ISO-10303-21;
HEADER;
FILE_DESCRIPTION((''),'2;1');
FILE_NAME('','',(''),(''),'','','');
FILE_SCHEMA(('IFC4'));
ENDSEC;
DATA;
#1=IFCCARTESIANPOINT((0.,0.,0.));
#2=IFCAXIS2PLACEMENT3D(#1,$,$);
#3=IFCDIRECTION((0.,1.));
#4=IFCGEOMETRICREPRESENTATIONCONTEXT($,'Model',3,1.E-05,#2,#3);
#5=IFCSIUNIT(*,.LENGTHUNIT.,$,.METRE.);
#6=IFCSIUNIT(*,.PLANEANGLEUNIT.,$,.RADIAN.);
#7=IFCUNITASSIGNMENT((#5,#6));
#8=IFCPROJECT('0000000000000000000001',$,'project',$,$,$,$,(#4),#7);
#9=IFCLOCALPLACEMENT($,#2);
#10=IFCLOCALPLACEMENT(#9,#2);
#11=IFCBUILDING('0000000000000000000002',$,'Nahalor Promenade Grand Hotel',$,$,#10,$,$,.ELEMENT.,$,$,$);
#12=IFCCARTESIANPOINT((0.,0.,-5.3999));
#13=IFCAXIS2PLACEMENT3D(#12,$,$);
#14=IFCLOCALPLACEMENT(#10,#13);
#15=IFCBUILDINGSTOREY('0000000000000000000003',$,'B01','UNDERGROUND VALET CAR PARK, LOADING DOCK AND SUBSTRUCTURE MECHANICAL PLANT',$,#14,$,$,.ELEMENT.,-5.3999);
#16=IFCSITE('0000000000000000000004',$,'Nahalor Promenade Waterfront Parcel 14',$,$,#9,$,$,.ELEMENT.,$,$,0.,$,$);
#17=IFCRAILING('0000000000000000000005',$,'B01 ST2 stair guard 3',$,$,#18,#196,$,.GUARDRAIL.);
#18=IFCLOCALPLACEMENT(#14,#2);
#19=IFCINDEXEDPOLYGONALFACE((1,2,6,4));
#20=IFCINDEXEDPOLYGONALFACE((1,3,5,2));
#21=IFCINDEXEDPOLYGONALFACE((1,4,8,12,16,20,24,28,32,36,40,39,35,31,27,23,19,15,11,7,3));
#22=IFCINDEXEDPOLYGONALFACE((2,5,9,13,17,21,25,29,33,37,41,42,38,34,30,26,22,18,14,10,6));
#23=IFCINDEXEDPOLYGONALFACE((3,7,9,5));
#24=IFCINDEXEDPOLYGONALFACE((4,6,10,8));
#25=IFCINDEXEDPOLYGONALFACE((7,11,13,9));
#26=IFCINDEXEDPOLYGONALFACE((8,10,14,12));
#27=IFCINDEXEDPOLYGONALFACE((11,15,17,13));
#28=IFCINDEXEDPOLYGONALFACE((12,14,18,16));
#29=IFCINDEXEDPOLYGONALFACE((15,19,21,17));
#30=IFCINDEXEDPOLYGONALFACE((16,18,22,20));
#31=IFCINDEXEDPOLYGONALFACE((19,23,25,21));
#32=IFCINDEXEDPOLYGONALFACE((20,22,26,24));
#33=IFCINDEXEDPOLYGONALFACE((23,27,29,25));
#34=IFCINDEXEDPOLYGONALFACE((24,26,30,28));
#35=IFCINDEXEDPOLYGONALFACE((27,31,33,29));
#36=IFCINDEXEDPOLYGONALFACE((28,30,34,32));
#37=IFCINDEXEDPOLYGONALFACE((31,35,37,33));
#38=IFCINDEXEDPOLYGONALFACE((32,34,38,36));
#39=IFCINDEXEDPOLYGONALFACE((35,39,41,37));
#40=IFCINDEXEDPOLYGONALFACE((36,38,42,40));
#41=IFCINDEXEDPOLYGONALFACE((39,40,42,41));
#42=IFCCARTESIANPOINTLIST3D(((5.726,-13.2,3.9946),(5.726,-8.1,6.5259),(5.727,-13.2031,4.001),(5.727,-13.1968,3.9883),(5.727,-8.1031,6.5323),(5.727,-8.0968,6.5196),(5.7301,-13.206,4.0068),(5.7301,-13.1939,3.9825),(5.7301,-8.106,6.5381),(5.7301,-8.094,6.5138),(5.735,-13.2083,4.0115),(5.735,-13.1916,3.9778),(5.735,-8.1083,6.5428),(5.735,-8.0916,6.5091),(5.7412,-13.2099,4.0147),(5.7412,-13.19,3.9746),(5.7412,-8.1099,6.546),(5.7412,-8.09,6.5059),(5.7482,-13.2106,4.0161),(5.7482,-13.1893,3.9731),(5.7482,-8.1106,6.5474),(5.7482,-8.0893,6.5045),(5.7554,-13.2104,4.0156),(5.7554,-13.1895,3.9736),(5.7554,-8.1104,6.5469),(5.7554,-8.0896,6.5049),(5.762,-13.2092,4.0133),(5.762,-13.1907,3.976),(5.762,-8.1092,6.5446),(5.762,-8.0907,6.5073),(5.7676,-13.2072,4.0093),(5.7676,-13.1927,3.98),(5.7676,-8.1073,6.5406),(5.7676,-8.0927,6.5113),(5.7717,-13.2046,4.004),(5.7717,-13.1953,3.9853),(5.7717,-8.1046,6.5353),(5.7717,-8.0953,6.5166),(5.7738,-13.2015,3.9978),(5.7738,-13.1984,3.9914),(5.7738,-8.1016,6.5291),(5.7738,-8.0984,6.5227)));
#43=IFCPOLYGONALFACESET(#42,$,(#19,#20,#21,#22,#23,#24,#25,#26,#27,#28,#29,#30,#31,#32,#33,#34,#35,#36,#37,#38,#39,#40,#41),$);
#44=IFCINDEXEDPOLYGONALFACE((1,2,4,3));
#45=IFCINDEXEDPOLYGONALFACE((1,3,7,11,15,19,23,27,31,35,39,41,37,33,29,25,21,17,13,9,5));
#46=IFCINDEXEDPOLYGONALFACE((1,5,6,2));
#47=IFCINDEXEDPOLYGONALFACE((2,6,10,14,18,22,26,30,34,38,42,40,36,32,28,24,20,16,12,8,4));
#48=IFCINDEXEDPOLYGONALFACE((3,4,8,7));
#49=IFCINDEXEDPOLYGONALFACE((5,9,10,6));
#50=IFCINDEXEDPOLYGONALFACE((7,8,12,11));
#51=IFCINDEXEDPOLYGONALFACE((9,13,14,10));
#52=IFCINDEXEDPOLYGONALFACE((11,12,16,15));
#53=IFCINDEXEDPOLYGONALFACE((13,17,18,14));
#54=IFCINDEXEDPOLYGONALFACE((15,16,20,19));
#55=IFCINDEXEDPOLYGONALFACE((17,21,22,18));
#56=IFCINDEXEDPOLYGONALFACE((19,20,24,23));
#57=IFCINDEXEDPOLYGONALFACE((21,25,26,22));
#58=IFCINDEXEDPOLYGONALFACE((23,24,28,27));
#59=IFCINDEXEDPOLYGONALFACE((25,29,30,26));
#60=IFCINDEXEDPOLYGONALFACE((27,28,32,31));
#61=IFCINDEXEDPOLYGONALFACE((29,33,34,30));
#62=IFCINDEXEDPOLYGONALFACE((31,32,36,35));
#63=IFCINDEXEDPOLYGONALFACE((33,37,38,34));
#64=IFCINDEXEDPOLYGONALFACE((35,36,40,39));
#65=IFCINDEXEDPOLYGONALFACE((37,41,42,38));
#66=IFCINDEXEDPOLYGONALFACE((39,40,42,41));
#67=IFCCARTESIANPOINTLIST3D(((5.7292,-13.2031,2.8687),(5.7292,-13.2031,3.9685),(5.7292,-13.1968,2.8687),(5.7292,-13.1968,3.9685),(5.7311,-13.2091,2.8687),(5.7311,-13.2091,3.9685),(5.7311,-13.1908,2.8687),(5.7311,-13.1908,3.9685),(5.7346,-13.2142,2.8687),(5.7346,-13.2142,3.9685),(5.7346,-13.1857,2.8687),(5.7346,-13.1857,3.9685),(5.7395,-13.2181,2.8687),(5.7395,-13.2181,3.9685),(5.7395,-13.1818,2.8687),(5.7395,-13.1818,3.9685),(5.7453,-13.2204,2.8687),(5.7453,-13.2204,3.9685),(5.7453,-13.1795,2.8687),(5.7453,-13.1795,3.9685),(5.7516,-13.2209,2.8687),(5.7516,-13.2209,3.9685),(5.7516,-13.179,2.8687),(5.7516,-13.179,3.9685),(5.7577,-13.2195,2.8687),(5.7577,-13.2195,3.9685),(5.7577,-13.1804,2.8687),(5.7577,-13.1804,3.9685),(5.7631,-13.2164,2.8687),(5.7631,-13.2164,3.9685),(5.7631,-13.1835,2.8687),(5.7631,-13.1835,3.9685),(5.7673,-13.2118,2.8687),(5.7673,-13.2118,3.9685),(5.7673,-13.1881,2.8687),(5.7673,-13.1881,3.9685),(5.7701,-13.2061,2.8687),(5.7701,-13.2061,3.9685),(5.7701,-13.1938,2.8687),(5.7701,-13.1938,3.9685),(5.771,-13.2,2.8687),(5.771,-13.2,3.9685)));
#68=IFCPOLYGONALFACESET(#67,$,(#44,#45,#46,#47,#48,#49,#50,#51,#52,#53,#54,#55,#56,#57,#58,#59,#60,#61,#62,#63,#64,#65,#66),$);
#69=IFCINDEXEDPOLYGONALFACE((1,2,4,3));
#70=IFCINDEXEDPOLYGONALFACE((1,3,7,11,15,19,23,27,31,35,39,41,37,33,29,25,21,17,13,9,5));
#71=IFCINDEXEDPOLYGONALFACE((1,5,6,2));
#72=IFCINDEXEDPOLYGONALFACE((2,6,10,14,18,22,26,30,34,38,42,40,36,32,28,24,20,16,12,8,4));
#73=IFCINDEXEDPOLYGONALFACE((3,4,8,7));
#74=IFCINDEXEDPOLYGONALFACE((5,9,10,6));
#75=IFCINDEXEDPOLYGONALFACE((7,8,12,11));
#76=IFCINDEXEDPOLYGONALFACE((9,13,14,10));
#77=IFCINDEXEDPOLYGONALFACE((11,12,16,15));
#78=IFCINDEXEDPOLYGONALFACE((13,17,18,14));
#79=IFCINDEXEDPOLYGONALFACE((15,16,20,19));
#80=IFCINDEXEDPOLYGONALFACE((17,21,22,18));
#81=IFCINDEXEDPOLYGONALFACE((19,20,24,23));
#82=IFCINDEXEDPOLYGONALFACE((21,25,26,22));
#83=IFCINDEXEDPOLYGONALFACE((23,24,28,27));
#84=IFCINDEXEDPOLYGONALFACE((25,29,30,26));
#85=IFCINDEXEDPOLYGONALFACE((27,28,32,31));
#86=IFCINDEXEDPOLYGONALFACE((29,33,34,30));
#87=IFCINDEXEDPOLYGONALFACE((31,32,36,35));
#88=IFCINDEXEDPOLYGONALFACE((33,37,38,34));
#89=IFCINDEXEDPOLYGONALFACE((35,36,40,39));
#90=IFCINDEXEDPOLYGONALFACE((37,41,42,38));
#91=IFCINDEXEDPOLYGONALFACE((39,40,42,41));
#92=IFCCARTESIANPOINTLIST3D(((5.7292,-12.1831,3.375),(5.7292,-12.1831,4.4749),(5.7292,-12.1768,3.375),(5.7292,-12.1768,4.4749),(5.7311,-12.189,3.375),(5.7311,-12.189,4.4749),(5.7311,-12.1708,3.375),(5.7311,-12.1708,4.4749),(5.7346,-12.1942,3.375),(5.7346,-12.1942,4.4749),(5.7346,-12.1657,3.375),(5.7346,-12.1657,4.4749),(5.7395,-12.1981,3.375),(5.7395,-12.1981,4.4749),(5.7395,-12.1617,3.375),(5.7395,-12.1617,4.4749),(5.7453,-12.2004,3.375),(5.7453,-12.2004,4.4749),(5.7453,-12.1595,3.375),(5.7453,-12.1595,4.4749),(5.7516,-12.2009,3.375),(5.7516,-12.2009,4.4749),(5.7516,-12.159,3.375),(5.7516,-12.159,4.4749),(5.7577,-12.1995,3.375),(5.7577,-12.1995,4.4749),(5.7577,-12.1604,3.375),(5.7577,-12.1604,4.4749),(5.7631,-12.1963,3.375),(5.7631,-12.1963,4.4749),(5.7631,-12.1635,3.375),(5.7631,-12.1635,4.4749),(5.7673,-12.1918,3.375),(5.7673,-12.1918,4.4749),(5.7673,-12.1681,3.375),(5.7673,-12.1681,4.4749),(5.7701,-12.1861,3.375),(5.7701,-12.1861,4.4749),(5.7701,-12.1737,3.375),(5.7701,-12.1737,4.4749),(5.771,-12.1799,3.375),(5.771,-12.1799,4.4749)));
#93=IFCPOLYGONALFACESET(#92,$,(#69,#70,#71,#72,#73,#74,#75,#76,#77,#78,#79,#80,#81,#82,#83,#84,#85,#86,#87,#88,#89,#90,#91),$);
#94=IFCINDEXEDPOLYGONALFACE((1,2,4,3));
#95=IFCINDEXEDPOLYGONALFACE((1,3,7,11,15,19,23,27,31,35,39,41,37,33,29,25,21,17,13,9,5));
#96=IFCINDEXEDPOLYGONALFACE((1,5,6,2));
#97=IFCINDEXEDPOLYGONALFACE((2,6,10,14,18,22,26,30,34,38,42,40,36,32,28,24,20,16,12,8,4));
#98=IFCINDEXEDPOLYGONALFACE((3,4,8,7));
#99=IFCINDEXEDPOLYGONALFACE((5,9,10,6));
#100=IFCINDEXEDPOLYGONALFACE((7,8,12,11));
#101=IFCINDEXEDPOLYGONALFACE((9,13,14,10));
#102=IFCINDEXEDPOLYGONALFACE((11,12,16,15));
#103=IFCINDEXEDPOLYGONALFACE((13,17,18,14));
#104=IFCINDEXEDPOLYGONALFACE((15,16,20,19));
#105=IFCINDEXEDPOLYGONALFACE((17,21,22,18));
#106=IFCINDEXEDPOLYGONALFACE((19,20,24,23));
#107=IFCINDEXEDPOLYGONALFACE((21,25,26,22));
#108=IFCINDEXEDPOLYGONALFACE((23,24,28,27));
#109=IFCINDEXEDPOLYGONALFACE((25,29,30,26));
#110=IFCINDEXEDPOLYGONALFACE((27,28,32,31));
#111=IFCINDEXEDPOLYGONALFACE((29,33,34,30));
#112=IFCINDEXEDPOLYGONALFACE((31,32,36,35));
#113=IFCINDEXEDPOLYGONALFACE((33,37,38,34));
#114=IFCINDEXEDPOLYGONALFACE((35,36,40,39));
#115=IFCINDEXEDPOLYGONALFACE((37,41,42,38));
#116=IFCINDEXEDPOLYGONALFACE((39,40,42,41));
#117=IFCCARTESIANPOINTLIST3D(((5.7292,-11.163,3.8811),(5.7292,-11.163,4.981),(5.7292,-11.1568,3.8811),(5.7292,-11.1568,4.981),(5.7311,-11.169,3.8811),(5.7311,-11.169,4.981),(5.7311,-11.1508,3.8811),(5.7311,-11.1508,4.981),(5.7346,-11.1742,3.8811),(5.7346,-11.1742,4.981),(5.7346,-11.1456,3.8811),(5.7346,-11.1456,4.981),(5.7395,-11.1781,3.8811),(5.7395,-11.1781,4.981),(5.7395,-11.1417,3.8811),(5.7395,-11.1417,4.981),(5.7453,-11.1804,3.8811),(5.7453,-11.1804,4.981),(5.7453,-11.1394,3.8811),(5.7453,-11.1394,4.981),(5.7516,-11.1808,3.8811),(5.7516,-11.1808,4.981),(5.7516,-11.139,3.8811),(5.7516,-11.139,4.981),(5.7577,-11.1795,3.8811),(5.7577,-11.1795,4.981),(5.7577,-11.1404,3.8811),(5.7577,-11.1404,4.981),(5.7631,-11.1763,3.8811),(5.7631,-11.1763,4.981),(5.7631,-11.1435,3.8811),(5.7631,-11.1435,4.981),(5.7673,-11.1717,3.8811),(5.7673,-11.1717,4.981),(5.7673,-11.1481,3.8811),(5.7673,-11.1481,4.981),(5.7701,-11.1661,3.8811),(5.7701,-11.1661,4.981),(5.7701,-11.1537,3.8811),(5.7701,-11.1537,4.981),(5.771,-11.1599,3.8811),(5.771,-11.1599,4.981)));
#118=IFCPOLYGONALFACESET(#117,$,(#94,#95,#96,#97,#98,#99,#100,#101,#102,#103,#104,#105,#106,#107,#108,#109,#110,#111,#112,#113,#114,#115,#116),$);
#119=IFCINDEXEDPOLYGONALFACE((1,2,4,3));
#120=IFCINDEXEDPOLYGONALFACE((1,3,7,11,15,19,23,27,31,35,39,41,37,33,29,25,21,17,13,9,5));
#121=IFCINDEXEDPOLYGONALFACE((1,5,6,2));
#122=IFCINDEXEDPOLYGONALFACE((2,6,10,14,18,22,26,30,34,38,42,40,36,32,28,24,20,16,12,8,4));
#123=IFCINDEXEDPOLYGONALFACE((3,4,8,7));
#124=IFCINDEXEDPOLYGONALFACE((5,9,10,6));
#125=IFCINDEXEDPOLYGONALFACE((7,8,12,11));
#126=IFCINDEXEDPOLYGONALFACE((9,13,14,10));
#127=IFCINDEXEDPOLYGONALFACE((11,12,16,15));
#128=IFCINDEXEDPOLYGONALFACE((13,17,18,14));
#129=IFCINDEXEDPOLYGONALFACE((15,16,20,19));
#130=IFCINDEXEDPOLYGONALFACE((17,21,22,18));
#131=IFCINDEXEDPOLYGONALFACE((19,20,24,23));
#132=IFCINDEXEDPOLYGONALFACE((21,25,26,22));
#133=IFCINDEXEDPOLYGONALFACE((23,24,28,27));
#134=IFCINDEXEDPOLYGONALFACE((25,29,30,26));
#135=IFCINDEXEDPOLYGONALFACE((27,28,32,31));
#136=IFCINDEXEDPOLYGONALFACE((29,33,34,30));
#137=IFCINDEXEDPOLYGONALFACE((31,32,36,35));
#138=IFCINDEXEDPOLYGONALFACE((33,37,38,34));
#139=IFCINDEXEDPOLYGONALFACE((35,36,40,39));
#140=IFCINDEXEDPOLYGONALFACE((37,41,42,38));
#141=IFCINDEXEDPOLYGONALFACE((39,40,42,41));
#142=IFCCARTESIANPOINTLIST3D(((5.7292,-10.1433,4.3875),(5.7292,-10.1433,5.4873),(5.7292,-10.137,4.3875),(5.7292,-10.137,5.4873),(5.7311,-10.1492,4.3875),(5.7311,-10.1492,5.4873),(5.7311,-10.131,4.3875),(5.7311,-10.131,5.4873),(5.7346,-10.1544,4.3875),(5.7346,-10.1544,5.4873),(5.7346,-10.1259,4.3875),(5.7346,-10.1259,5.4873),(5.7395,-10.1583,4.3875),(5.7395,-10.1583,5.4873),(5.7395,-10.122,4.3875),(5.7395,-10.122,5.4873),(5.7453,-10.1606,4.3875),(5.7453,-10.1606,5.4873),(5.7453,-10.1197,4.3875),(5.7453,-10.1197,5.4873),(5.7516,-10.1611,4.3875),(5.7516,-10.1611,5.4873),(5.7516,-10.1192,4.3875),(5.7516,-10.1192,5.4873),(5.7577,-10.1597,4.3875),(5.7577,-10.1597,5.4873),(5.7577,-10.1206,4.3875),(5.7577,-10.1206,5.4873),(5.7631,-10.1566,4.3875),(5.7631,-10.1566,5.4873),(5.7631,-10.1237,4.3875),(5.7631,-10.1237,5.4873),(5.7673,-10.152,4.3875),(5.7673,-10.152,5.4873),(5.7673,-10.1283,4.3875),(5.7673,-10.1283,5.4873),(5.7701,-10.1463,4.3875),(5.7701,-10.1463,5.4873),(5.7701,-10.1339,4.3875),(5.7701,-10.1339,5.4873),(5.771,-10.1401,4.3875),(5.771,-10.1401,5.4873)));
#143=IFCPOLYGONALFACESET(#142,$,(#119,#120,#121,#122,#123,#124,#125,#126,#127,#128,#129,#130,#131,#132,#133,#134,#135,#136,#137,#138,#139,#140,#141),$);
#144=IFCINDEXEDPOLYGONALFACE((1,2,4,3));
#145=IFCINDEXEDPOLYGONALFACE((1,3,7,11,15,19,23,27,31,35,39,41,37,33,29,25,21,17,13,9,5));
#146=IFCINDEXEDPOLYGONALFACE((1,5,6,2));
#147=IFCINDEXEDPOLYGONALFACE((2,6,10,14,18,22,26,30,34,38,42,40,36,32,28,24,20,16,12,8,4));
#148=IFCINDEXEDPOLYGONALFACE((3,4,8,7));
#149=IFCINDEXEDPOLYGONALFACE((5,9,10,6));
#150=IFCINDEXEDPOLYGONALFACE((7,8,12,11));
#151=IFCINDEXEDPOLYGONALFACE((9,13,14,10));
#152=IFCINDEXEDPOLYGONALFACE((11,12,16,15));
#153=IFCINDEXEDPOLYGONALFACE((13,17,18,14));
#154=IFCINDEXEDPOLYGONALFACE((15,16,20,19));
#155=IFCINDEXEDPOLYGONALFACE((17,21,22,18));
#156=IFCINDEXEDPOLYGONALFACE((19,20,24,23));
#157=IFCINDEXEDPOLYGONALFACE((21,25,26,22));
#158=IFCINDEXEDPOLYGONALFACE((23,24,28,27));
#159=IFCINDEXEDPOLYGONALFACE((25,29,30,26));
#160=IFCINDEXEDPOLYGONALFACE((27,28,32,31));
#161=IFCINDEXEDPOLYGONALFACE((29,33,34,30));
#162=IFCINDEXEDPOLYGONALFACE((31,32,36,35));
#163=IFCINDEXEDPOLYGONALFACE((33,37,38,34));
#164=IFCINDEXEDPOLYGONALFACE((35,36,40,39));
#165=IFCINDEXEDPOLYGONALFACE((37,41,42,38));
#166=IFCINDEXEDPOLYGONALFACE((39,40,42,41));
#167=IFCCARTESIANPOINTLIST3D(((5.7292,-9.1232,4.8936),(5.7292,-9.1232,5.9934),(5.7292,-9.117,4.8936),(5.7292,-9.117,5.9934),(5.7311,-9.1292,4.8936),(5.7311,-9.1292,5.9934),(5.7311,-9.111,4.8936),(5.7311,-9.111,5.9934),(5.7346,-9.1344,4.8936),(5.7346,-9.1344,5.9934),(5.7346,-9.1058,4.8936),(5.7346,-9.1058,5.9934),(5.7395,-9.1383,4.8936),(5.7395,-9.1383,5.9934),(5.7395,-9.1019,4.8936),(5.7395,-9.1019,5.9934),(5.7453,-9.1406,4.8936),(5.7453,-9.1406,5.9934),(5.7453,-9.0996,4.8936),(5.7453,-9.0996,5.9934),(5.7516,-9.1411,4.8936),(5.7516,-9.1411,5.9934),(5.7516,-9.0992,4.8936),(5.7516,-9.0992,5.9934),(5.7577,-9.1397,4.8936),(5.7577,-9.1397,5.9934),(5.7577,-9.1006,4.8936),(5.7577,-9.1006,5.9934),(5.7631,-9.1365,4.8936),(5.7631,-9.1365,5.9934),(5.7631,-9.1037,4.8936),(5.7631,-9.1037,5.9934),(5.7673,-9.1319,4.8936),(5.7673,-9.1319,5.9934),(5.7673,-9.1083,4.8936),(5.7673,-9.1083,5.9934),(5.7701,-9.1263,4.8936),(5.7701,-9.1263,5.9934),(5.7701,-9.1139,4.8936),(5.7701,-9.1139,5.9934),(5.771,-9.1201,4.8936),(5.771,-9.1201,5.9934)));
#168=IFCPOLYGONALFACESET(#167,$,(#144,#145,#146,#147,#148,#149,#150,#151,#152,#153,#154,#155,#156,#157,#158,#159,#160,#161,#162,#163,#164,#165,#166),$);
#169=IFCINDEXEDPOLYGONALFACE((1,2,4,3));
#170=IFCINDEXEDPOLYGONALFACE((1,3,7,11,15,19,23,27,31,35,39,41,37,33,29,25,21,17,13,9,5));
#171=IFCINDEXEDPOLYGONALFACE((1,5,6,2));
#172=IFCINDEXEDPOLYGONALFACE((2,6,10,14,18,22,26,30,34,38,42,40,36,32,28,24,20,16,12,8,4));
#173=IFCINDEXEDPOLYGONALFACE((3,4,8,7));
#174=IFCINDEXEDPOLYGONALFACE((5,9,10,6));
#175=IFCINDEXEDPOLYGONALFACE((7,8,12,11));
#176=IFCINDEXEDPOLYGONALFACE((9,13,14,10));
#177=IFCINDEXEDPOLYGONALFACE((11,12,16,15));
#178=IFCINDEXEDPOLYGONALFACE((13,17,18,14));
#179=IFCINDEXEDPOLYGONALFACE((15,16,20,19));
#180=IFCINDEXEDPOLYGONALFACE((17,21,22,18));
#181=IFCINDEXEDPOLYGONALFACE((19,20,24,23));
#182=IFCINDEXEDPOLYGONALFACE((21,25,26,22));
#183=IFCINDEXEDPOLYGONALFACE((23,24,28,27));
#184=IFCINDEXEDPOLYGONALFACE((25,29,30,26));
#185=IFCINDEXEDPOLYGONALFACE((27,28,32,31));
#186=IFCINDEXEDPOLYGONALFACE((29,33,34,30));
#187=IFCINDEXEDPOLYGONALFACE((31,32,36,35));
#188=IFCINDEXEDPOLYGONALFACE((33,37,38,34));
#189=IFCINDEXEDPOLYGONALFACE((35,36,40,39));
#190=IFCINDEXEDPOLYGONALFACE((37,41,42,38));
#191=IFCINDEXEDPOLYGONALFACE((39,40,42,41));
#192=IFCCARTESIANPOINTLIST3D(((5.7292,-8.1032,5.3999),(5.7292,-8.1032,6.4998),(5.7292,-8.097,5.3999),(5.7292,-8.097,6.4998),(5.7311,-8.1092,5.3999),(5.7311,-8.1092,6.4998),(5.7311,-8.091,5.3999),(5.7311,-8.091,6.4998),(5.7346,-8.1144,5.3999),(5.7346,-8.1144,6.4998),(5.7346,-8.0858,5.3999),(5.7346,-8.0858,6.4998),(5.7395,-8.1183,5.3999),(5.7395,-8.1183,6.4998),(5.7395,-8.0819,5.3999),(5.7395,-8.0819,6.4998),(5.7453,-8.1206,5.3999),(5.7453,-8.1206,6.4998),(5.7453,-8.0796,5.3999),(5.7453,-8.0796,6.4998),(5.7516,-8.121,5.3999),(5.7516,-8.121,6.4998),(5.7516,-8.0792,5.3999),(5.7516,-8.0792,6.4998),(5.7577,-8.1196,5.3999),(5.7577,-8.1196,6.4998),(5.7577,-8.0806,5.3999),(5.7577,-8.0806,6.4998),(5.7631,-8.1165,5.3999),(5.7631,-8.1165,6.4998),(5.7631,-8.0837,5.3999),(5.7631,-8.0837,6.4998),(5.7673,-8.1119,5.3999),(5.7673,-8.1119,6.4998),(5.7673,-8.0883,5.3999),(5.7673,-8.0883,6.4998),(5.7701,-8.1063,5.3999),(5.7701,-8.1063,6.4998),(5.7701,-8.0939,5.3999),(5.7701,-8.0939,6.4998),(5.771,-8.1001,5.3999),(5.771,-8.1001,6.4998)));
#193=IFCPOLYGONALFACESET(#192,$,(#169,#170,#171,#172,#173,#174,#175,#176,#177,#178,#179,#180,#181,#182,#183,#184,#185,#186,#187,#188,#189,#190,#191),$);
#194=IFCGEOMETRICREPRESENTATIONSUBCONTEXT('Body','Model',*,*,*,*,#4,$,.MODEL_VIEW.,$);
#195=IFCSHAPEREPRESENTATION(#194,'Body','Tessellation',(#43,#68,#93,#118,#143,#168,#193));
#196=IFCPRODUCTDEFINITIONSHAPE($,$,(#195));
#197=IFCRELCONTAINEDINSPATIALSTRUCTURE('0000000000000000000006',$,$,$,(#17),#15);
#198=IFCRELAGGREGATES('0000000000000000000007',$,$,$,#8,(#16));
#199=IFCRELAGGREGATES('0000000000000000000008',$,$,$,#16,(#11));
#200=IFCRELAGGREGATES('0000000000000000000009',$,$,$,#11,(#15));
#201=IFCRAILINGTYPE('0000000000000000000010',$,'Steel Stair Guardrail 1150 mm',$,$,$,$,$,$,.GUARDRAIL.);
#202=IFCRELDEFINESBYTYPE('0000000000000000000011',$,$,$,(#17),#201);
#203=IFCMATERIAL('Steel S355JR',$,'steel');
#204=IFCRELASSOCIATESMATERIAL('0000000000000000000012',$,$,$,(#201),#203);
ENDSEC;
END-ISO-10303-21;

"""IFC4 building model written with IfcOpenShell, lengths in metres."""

from ifc_helpers import new_model, si_unit, direction, frame, origin, origin_2d, place, context, subcontext, project, spatial, circle, extrude, material, type_object, element, save


model = new_model("IFC4")

# Units and contexts
model_context = context("Model", 3, precision=1e-05, world=origin(), true_north=direction((0.0, 1.0)))
body_context = subcontext(model_context, "Body", "Model", "MODEL_VIEW")
ifc_project = project(units=[si_unit("LENGTHUNIT", "METRE"), si_unit("PLANEANGLEUNIT", "RADIAN")], contexts=[model_context])

# Site, building, storey
site_placement = place(None, origin())
site = spatial("IfcSite", under=ifc_project, at=site_placement, Name="Nahalor Promenade Waterfront Parcel 14", CompositionType="ELEMENT", RefElevation=0.0)
building_placement = place(site_placement, origin())
building = spatial("IfcBuilding", under=site, at=building_placement, Name="Nahalor Promenade Grand Hotel", CompositionType="ELEMENT")
storey_placement = place(building_placement, frame((0.0, 0.0, -5.3999)))
storey = spatial("IfcBuildingStorey", under=building, at=storey_placement, Name="B01", Description="UNDERGROUND VALET CAR PARK, LOADING DOCK AND SUBSTRUCTURE MECHANICAL PLANT", CompositionType="ELEMENT", Elevation=-5.3999)

# Shared definitions
ifc_material_1 = material(Name="Steel S355JR", Category="steel")

# Railing
railing_type_1 = type_object("IfcRailingType", Name="Steel Stair Guardrail 1150 mm", PredefinedType="GUARDRAIL", material=ifc_material_1)
railing_1_placement = place(storey_placement, frame((5.75, -13.2, 2.8687)))
element("IfcRailing", 1, at=railing_1_placement, inside=storey, type_object=railing_type_1, Name="B01 ST2 stair guard 3", PredefinedType="GUARDRAIL", context=body_context, shape_type="SweptSolid", body=[
    extrude(circle(Radius=0.024, at=origin_2d()), frame((0.0, 0.0, 1.126), z_axis=(0.0, 0.895735, 0.444587), x_axis=(-1.0, 0.0, 0.0)), (0.0, 0.0, 1.0), 5.6936),
    extrude(circle(Radius=0.021, at=origin_2d()), origin(), (0.0, 0.0, 1.0), 1.0999),
    extrude(circle(Radius=0.021, at=origin_2d()), frame((0.0, 1.02, 0.5063)), (0.0, 0.0, 1.0), 1.0999),
    extrude(circle(Radius=0.021, at=origin_2d()), frame((0.0, 2.04, 1.0125)), (0.0, 0.0, 1.0), 1.0999),
    extrude(circle(Radius=0.021, at=origin_2d()), frame((0.0, 3.0598, 1.5188)), (0.0, 0.0, 1.0), 1.0999),
    extrude(circle(Radius=0.021, at=origin_2d()), frame((0.0, 4.0798, 2.0249)), (0.0, 0.0, 1.0), 1.0999),
    extrude(circle(Radius=0.021, at=origin_2d()), frame((0.0, 5.0999, 2.5312)), (0.0, 0.0, 1.0), 1.0999),
])

save(model, "model.ifc")
